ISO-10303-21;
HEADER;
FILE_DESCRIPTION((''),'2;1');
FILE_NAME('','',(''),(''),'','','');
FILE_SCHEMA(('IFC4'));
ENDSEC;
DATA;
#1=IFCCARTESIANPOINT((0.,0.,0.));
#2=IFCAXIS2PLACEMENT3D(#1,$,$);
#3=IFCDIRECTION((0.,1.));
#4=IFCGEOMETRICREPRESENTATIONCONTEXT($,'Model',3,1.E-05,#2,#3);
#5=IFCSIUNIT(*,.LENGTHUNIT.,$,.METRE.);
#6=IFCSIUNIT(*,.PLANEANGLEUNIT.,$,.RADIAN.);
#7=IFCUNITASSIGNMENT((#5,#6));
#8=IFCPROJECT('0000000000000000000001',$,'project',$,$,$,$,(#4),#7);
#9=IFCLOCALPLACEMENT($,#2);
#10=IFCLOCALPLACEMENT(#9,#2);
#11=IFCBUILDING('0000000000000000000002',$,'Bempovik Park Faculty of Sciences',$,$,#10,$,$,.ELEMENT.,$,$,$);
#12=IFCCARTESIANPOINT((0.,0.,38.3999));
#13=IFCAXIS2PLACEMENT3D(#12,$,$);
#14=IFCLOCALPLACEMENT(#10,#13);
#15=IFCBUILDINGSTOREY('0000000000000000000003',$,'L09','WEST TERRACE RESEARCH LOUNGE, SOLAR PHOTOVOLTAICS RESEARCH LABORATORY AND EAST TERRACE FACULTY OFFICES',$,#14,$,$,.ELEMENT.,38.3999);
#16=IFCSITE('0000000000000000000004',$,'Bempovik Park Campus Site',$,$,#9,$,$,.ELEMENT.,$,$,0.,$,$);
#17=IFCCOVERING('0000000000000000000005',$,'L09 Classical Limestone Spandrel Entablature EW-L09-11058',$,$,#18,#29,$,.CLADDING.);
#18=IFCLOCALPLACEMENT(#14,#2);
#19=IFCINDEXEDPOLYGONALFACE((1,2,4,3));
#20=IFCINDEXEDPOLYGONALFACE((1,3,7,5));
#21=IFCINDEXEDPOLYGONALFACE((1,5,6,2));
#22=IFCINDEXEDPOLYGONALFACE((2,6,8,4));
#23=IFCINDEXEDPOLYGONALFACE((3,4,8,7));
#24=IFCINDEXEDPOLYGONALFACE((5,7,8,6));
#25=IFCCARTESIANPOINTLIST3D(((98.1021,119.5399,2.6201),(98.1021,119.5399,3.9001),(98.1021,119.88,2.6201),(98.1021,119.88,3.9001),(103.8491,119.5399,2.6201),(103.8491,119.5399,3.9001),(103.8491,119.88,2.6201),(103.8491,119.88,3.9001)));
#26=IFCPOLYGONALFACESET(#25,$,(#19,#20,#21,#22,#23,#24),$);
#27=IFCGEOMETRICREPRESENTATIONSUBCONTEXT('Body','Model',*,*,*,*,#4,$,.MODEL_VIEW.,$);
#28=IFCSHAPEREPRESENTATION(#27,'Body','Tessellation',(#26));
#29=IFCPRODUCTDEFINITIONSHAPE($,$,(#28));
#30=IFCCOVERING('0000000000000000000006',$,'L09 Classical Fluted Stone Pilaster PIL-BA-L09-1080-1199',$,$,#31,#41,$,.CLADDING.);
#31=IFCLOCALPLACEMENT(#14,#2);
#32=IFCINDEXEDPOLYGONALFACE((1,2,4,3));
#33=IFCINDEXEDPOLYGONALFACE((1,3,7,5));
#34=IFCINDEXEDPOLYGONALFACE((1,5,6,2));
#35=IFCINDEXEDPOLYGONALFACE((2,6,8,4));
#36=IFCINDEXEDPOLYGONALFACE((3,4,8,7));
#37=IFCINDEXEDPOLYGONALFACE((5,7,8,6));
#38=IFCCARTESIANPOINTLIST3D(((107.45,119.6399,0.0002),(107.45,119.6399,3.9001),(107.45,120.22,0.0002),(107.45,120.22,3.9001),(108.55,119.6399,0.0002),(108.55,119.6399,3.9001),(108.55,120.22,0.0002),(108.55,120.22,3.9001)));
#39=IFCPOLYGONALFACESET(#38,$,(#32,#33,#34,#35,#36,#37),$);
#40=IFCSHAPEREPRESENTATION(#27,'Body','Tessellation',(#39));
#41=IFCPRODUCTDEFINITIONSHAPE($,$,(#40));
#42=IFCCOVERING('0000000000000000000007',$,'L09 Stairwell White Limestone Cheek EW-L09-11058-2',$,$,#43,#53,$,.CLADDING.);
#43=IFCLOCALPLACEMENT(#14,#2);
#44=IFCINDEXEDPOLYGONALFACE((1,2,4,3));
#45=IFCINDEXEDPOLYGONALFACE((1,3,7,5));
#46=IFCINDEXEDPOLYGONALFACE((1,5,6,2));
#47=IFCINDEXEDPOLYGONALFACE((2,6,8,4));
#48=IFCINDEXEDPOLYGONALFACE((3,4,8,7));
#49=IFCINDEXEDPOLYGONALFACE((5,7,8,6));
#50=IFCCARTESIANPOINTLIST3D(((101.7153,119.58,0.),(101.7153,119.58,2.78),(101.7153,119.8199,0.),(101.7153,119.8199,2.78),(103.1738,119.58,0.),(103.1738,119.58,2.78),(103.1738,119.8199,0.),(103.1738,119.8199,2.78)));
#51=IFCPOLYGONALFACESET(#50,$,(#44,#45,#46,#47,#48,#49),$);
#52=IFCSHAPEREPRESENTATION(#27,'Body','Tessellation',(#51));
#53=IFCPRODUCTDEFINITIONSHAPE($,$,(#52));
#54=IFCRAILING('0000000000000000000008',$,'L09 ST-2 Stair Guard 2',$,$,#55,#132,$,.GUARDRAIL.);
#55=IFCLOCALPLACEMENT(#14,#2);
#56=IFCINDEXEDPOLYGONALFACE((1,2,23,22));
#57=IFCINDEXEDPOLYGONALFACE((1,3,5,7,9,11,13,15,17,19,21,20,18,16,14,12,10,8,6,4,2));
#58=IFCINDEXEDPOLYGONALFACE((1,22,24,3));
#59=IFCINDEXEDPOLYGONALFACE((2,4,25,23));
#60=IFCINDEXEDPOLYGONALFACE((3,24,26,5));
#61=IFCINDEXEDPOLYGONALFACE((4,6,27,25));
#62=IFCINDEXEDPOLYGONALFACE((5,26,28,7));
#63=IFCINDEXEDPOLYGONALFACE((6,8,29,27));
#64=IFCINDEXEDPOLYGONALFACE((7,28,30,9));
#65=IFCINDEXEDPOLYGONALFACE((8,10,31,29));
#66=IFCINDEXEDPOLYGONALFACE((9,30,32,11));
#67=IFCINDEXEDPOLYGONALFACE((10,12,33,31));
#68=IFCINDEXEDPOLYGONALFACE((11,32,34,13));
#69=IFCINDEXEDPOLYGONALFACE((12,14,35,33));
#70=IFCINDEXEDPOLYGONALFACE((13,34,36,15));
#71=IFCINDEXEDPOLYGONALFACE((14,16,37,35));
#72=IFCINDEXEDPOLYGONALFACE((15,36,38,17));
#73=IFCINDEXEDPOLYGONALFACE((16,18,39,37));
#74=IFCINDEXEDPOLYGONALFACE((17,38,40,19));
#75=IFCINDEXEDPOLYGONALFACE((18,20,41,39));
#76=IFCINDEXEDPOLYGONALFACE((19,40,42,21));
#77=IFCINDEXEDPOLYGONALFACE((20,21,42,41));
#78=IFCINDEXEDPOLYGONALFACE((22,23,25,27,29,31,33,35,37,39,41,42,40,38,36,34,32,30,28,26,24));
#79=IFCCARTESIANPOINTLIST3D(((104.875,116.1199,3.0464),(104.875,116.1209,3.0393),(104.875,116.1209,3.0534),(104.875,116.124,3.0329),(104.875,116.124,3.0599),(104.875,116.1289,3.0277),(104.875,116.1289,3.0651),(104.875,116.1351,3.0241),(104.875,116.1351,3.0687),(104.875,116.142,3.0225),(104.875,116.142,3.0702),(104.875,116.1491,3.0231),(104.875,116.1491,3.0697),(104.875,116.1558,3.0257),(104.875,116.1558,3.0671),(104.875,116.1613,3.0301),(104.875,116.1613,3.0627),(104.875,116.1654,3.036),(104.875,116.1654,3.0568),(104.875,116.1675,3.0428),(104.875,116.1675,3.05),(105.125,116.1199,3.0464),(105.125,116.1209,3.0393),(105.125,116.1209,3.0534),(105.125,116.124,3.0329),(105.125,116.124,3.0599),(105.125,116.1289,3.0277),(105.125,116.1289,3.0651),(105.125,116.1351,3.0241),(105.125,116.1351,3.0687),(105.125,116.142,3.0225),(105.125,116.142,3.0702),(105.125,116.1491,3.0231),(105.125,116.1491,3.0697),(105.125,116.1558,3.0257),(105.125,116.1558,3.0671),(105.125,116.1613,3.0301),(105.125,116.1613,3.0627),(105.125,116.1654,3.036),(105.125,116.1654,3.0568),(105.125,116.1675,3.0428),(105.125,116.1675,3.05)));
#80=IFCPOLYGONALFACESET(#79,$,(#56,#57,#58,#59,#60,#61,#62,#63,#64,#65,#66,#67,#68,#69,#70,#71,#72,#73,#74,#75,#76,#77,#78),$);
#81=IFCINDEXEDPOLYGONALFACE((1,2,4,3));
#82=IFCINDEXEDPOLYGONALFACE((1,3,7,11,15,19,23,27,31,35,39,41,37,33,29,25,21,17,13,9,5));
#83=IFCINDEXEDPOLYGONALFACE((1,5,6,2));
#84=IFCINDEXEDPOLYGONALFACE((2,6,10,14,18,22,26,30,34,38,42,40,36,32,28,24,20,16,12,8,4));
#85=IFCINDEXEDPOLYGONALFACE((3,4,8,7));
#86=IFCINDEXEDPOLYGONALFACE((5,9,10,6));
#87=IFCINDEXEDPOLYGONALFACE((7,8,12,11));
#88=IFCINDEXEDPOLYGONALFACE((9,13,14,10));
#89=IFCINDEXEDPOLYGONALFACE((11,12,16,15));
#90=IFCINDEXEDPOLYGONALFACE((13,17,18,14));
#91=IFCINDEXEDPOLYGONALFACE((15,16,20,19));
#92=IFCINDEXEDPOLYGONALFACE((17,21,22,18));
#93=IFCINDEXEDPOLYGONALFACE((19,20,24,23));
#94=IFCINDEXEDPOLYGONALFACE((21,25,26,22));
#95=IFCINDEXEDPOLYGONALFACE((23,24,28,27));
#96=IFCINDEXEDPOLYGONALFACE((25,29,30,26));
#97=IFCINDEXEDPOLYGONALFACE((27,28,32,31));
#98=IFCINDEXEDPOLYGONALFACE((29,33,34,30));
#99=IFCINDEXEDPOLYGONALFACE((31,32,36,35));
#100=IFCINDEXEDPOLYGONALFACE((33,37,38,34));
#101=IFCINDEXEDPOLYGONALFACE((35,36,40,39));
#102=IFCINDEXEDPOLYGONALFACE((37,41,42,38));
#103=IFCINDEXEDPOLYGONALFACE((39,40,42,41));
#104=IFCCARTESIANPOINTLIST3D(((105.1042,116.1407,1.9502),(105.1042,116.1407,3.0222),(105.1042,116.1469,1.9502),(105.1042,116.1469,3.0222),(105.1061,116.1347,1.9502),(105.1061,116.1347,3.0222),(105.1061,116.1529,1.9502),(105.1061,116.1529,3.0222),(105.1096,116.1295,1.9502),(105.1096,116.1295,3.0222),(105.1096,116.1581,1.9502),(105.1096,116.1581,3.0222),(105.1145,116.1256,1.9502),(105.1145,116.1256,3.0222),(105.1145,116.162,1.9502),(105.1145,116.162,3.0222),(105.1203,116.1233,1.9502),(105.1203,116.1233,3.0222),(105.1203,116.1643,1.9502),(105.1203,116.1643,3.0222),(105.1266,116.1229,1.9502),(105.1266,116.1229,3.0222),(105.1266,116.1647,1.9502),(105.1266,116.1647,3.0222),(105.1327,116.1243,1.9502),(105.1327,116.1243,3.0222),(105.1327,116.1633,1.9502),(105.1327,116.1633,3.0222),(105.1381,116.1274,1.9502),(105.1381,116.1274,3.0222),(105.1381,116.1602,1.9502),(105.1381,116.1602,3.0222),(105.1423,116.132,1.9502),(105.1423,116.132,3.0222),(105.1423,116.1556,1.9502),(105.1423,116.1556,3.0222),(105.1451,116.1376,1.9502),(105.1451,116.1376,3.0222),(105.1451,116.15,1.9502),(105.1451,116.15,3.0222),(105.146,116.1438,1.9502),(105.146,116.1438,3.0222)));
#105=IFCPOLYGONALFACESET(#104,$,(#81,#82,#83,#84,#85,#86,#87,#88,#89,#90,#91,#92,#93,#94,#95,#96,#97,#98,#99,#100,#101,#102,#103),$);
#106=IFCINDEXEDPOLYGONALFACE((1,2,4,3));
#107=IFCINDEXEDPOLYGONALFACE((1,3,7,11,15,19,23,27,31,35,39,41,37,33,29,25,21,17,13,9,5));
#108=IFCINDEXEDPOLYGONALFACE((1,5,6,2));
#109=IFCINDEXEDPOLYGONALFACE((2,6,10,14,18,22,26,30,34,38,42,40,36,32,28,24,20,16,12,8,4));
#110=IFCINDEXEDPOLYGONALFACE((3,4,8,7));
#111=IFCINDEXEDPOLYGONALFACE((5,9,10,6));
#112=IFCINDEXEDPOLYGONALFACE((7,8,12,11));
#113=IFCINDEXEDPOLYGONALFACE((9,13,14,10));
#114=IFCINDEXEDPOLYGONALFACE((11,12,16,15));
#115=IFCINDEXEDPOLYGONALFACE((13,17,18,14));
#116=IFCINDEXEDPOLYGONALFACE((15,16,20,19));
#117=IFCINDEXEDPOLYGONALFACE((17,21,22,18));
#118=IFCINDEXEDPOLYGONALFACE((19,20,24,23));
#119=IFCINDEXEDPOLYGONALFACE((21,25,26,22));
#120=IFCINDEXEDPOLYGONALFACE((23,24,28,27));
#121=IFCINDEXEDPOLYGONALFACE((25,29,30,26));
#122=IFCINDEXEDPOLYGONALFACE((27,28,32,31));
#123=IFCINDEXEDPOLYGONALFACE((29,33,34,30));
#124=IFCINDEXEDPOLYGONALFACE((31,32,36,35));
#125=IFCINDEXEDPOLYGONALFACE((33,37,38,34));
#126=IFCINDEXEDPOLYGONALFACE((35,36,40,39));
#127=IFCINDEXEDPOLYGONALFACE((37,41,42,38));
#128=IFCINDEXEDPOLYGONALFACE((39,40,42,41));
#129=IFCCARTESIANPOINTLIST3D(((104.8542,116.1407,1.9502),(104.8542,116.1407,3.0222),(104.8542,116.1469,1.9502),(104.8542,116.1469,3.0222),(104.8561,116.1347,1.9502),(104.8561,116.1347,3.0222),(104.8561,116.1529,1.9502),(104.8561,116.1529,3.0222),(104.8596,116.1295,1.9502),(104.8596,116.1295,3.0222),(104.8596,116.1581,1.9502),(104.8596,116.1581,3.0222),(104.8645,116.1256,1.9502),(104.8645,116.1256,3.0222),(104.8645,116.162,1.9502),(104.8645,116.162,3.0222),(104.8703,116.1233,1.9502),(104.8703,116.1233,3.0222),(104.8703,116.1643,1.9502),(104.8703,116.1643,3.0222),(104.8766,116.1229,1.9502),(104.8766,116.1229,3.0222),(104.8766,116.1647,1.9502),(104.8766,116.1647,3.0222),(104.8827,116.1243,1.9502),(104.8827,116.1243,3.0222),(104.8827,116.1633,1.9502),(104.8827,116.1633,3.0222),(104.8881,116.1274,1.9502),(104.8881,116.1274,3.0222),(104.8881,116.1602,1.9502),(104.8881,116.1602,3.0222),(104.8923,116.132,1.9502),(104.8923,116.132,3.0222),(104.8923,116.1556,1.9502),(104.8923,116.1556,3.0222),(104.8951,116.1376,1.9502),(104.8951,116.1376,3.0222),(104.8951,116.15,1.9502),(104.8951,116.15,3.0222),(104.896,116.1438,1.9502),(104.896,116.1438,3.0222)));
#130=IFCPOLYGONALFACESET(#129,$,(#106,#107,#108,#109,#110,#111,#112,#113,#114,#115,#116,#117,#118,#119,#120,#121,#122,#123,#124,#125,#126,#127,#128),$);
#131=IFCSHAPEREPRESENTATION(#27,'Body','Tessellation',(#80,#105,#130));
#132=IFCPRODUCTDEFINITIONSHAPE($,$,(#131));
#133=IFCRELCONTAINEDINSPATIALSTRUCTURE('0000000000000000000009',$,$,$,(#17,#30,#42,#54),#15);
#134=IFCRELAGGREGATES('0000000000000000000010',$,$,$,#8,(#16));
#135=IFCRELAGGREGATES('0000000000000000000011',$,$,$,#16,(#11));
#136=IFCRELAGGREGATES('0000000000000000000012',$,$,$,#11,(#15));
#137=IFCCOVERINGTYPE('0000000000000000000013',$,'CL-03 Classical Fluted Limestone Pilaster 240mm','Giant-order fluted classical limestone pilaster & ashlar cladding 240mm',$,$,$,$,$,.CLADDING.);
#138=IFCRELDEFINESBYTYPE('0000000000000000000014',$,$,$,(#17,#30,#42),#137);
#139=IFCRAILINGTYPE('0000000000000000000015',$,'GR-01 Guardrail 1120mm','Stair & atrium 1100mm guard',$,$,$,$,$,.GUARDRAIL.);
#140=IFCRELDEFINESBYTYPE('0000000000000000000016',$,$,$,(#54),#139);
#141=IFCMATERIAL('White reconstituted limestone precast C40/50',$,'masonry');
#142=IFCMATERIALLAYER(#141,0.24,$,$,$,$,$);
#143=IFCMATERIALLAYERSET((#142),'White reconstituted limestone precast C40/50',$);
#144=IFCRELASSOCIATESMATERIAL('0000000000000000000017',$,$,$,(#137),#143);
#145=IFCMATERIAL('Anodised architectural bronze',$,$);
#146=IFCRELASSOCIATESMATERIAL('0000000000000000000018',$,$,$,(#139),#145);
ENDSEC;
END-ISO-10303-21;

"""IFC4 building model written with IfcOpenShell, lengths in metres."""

from ifc_helpers import new_model, si_unit, direction, frame, origin, origin_2d, place, context, subcontext, project, spatial, rectangle, circle, extrude, material, layer, layer_set, type_object, element, save


model = new_model("IFC4")

# Units and contexts
model_context = context("Model", 3, precision=1e-05, world=origin(), true_north=direction((0.0, 1.0)))
body_context = subcontext(model_context, "Body", "Model", "MODEL_VIEW")
ifc_project = project(units=[si_unit("LENGTHUNIT", "METRE"), si_unit("PLANEANGLEUNIT", "RADIAN")], contexts=[model_context])

# Site, building, storey
site_placement = place(None, origin())
site = spatial("IfcSite", under=ifc_project, at=site_placement, Name="Bempovik Park Campus Site", CompositionType="ELEMENT", RefElevation=0.0)
building_placement = place(site_placement, origin())
building = spatial("IfcBuilding", under=site, at=building_placement, Name="Bempovik Park Faculty of Sciences", CompositionType="ELEMENT")
storey_placement = place(building_placement, frame((0.0, 0.0, 38.3999)))
storey = spatial("IfcBuildingStorey", under=building, at=storey_placement, Name="L09", Description="WEST TERRACE RESEARCH LOUNGE, SOLAR PHOTOVOLTAICS RESEARCH LABORATORY AND EAST TERRACE FACULTY OFFICES", CompositionType="ELEMENT", Elevation=38.3999)

# Coverings
ifc_material_1 = material(Name="White reconstituted limestone precast C40/50", Category="masonry")
ifc_layer_1 = layer(ifc_material_1, 0.24)
ifc_layer_set_1 = layer_set([ifc_layer_1], Name="White reconstituted limestone precast C40/50")
covering_type_1 = type_object("IfcCoveringType", Name="CL-03 Classical Fluted Limestone Pilaster 240mm", Description="Giant-order fluted classical limestone pilaster & ashlar cladding 240mm", PredefinedType="CLADDING", material=ifc_layer_set_1)
covering_1_placement = place(storey_placement, frame((100.9756, 119.71, 2.6201), z_axis=(0.0, 0.0, 1.0), x_axis=(1.0, 0.0, 0.0)))
element("IfcCovering", 1, at=covering_1_placement, inside=storey, type_object=covering_type_1, Name="L09 Classical Limestone Spandrel Entablature EW-L09-11058", PredefinedType="CLADDING", context=body_context, shape_type="SweptSolid", body=[
    extrude(rectangle(XDim=5.7471, YDim=0.3401, at=origin_2d()), origin(), (0.0, 0.0, 1.0), 1.28),
])
covering_2_placement = place(storey_placement, frame((108.0, 119.9299, 0.0002), z_axis=(0.0, 0.0, 1.0), x_axis=(1.0, 0.0, 0.0)))
element("IfcCovering", 2, at=covering_2_placement, inside=storey, type_object=covering_type_1, Name="L09 Classical Fluted Stone Pilaster PIL-BA-L09-1080-1199", PredefinedType="CLADDING", context=body_context, shape_type="SweptSolid", body=[
    extrude(rectangle(XDim=1.1001, YDim=0.5801, at=origin_2d()), origin(), (0.0, 0.0, 1.0), 3.8999),
])
covering_3_placement = place(storey_placement, frame((102.4446, 119.7, 0.0), z_axis=(0.0, 0.0, 1.0), x_axis=(1.0, 0.0, 0.0)))
element("IfcCovering", 3, at=covering_3_placement, inside=storey, type_object=covering_type_1, Name="L09 Stairwell White Limestone Cheek EW-L09-11058-2", PredefinedType="CLADDING", context=body_context, shape_type="SweptSolid", body=[
    extrude(rectangle(XDim=1.4585, YDim=0.24, at=origin_2d()), origin(), (0.0, 0.0, 1.0), 2.78),
])

# Railing
ifc_material_2 = material(Name="Anodised architectural bronze")
railing_type_1 = type_object("IfcRailingType", Name="GR-01 Guardrail 1120mm", Description="Stair & atrium 1100mm guard", PredefinedType="GUARDRAIL", material=ifc_material_2)
railing_1_placement = place(storey_placement, frame((105.125, 116.1438, 1.9502)))
element("IfcRailing", 4, at=railing_1_placement, inside=storey, type_object=railing_type_1, Name="L09 ST-2 Stair Guard 2", PredefinedType="GUARDRAIL", context=body_context, shape_type="SweptSolid", body=[
    extrude(circle(Radius=0.0239, at=origin_2d()), frame((0.0, 0.0, 1.0962), z_axis=(-1.0, 0.0, 0.0), x_axis=(0.0, -1.0, 0.0)), (0.0, 0.0, 1.0), 0.25),
    extrude(circle(Radius=0.021, at=origin_2d()), origin(), (0.0, 0.0, 1.0), 1.072),
    extrude(circle(Radius=0.021, at=origin_2d()), frame((-0.25, 0.0, 0.0)), (0.0, 0.0, 1.0), 1.072),
])

save(model, "model.ifc")
